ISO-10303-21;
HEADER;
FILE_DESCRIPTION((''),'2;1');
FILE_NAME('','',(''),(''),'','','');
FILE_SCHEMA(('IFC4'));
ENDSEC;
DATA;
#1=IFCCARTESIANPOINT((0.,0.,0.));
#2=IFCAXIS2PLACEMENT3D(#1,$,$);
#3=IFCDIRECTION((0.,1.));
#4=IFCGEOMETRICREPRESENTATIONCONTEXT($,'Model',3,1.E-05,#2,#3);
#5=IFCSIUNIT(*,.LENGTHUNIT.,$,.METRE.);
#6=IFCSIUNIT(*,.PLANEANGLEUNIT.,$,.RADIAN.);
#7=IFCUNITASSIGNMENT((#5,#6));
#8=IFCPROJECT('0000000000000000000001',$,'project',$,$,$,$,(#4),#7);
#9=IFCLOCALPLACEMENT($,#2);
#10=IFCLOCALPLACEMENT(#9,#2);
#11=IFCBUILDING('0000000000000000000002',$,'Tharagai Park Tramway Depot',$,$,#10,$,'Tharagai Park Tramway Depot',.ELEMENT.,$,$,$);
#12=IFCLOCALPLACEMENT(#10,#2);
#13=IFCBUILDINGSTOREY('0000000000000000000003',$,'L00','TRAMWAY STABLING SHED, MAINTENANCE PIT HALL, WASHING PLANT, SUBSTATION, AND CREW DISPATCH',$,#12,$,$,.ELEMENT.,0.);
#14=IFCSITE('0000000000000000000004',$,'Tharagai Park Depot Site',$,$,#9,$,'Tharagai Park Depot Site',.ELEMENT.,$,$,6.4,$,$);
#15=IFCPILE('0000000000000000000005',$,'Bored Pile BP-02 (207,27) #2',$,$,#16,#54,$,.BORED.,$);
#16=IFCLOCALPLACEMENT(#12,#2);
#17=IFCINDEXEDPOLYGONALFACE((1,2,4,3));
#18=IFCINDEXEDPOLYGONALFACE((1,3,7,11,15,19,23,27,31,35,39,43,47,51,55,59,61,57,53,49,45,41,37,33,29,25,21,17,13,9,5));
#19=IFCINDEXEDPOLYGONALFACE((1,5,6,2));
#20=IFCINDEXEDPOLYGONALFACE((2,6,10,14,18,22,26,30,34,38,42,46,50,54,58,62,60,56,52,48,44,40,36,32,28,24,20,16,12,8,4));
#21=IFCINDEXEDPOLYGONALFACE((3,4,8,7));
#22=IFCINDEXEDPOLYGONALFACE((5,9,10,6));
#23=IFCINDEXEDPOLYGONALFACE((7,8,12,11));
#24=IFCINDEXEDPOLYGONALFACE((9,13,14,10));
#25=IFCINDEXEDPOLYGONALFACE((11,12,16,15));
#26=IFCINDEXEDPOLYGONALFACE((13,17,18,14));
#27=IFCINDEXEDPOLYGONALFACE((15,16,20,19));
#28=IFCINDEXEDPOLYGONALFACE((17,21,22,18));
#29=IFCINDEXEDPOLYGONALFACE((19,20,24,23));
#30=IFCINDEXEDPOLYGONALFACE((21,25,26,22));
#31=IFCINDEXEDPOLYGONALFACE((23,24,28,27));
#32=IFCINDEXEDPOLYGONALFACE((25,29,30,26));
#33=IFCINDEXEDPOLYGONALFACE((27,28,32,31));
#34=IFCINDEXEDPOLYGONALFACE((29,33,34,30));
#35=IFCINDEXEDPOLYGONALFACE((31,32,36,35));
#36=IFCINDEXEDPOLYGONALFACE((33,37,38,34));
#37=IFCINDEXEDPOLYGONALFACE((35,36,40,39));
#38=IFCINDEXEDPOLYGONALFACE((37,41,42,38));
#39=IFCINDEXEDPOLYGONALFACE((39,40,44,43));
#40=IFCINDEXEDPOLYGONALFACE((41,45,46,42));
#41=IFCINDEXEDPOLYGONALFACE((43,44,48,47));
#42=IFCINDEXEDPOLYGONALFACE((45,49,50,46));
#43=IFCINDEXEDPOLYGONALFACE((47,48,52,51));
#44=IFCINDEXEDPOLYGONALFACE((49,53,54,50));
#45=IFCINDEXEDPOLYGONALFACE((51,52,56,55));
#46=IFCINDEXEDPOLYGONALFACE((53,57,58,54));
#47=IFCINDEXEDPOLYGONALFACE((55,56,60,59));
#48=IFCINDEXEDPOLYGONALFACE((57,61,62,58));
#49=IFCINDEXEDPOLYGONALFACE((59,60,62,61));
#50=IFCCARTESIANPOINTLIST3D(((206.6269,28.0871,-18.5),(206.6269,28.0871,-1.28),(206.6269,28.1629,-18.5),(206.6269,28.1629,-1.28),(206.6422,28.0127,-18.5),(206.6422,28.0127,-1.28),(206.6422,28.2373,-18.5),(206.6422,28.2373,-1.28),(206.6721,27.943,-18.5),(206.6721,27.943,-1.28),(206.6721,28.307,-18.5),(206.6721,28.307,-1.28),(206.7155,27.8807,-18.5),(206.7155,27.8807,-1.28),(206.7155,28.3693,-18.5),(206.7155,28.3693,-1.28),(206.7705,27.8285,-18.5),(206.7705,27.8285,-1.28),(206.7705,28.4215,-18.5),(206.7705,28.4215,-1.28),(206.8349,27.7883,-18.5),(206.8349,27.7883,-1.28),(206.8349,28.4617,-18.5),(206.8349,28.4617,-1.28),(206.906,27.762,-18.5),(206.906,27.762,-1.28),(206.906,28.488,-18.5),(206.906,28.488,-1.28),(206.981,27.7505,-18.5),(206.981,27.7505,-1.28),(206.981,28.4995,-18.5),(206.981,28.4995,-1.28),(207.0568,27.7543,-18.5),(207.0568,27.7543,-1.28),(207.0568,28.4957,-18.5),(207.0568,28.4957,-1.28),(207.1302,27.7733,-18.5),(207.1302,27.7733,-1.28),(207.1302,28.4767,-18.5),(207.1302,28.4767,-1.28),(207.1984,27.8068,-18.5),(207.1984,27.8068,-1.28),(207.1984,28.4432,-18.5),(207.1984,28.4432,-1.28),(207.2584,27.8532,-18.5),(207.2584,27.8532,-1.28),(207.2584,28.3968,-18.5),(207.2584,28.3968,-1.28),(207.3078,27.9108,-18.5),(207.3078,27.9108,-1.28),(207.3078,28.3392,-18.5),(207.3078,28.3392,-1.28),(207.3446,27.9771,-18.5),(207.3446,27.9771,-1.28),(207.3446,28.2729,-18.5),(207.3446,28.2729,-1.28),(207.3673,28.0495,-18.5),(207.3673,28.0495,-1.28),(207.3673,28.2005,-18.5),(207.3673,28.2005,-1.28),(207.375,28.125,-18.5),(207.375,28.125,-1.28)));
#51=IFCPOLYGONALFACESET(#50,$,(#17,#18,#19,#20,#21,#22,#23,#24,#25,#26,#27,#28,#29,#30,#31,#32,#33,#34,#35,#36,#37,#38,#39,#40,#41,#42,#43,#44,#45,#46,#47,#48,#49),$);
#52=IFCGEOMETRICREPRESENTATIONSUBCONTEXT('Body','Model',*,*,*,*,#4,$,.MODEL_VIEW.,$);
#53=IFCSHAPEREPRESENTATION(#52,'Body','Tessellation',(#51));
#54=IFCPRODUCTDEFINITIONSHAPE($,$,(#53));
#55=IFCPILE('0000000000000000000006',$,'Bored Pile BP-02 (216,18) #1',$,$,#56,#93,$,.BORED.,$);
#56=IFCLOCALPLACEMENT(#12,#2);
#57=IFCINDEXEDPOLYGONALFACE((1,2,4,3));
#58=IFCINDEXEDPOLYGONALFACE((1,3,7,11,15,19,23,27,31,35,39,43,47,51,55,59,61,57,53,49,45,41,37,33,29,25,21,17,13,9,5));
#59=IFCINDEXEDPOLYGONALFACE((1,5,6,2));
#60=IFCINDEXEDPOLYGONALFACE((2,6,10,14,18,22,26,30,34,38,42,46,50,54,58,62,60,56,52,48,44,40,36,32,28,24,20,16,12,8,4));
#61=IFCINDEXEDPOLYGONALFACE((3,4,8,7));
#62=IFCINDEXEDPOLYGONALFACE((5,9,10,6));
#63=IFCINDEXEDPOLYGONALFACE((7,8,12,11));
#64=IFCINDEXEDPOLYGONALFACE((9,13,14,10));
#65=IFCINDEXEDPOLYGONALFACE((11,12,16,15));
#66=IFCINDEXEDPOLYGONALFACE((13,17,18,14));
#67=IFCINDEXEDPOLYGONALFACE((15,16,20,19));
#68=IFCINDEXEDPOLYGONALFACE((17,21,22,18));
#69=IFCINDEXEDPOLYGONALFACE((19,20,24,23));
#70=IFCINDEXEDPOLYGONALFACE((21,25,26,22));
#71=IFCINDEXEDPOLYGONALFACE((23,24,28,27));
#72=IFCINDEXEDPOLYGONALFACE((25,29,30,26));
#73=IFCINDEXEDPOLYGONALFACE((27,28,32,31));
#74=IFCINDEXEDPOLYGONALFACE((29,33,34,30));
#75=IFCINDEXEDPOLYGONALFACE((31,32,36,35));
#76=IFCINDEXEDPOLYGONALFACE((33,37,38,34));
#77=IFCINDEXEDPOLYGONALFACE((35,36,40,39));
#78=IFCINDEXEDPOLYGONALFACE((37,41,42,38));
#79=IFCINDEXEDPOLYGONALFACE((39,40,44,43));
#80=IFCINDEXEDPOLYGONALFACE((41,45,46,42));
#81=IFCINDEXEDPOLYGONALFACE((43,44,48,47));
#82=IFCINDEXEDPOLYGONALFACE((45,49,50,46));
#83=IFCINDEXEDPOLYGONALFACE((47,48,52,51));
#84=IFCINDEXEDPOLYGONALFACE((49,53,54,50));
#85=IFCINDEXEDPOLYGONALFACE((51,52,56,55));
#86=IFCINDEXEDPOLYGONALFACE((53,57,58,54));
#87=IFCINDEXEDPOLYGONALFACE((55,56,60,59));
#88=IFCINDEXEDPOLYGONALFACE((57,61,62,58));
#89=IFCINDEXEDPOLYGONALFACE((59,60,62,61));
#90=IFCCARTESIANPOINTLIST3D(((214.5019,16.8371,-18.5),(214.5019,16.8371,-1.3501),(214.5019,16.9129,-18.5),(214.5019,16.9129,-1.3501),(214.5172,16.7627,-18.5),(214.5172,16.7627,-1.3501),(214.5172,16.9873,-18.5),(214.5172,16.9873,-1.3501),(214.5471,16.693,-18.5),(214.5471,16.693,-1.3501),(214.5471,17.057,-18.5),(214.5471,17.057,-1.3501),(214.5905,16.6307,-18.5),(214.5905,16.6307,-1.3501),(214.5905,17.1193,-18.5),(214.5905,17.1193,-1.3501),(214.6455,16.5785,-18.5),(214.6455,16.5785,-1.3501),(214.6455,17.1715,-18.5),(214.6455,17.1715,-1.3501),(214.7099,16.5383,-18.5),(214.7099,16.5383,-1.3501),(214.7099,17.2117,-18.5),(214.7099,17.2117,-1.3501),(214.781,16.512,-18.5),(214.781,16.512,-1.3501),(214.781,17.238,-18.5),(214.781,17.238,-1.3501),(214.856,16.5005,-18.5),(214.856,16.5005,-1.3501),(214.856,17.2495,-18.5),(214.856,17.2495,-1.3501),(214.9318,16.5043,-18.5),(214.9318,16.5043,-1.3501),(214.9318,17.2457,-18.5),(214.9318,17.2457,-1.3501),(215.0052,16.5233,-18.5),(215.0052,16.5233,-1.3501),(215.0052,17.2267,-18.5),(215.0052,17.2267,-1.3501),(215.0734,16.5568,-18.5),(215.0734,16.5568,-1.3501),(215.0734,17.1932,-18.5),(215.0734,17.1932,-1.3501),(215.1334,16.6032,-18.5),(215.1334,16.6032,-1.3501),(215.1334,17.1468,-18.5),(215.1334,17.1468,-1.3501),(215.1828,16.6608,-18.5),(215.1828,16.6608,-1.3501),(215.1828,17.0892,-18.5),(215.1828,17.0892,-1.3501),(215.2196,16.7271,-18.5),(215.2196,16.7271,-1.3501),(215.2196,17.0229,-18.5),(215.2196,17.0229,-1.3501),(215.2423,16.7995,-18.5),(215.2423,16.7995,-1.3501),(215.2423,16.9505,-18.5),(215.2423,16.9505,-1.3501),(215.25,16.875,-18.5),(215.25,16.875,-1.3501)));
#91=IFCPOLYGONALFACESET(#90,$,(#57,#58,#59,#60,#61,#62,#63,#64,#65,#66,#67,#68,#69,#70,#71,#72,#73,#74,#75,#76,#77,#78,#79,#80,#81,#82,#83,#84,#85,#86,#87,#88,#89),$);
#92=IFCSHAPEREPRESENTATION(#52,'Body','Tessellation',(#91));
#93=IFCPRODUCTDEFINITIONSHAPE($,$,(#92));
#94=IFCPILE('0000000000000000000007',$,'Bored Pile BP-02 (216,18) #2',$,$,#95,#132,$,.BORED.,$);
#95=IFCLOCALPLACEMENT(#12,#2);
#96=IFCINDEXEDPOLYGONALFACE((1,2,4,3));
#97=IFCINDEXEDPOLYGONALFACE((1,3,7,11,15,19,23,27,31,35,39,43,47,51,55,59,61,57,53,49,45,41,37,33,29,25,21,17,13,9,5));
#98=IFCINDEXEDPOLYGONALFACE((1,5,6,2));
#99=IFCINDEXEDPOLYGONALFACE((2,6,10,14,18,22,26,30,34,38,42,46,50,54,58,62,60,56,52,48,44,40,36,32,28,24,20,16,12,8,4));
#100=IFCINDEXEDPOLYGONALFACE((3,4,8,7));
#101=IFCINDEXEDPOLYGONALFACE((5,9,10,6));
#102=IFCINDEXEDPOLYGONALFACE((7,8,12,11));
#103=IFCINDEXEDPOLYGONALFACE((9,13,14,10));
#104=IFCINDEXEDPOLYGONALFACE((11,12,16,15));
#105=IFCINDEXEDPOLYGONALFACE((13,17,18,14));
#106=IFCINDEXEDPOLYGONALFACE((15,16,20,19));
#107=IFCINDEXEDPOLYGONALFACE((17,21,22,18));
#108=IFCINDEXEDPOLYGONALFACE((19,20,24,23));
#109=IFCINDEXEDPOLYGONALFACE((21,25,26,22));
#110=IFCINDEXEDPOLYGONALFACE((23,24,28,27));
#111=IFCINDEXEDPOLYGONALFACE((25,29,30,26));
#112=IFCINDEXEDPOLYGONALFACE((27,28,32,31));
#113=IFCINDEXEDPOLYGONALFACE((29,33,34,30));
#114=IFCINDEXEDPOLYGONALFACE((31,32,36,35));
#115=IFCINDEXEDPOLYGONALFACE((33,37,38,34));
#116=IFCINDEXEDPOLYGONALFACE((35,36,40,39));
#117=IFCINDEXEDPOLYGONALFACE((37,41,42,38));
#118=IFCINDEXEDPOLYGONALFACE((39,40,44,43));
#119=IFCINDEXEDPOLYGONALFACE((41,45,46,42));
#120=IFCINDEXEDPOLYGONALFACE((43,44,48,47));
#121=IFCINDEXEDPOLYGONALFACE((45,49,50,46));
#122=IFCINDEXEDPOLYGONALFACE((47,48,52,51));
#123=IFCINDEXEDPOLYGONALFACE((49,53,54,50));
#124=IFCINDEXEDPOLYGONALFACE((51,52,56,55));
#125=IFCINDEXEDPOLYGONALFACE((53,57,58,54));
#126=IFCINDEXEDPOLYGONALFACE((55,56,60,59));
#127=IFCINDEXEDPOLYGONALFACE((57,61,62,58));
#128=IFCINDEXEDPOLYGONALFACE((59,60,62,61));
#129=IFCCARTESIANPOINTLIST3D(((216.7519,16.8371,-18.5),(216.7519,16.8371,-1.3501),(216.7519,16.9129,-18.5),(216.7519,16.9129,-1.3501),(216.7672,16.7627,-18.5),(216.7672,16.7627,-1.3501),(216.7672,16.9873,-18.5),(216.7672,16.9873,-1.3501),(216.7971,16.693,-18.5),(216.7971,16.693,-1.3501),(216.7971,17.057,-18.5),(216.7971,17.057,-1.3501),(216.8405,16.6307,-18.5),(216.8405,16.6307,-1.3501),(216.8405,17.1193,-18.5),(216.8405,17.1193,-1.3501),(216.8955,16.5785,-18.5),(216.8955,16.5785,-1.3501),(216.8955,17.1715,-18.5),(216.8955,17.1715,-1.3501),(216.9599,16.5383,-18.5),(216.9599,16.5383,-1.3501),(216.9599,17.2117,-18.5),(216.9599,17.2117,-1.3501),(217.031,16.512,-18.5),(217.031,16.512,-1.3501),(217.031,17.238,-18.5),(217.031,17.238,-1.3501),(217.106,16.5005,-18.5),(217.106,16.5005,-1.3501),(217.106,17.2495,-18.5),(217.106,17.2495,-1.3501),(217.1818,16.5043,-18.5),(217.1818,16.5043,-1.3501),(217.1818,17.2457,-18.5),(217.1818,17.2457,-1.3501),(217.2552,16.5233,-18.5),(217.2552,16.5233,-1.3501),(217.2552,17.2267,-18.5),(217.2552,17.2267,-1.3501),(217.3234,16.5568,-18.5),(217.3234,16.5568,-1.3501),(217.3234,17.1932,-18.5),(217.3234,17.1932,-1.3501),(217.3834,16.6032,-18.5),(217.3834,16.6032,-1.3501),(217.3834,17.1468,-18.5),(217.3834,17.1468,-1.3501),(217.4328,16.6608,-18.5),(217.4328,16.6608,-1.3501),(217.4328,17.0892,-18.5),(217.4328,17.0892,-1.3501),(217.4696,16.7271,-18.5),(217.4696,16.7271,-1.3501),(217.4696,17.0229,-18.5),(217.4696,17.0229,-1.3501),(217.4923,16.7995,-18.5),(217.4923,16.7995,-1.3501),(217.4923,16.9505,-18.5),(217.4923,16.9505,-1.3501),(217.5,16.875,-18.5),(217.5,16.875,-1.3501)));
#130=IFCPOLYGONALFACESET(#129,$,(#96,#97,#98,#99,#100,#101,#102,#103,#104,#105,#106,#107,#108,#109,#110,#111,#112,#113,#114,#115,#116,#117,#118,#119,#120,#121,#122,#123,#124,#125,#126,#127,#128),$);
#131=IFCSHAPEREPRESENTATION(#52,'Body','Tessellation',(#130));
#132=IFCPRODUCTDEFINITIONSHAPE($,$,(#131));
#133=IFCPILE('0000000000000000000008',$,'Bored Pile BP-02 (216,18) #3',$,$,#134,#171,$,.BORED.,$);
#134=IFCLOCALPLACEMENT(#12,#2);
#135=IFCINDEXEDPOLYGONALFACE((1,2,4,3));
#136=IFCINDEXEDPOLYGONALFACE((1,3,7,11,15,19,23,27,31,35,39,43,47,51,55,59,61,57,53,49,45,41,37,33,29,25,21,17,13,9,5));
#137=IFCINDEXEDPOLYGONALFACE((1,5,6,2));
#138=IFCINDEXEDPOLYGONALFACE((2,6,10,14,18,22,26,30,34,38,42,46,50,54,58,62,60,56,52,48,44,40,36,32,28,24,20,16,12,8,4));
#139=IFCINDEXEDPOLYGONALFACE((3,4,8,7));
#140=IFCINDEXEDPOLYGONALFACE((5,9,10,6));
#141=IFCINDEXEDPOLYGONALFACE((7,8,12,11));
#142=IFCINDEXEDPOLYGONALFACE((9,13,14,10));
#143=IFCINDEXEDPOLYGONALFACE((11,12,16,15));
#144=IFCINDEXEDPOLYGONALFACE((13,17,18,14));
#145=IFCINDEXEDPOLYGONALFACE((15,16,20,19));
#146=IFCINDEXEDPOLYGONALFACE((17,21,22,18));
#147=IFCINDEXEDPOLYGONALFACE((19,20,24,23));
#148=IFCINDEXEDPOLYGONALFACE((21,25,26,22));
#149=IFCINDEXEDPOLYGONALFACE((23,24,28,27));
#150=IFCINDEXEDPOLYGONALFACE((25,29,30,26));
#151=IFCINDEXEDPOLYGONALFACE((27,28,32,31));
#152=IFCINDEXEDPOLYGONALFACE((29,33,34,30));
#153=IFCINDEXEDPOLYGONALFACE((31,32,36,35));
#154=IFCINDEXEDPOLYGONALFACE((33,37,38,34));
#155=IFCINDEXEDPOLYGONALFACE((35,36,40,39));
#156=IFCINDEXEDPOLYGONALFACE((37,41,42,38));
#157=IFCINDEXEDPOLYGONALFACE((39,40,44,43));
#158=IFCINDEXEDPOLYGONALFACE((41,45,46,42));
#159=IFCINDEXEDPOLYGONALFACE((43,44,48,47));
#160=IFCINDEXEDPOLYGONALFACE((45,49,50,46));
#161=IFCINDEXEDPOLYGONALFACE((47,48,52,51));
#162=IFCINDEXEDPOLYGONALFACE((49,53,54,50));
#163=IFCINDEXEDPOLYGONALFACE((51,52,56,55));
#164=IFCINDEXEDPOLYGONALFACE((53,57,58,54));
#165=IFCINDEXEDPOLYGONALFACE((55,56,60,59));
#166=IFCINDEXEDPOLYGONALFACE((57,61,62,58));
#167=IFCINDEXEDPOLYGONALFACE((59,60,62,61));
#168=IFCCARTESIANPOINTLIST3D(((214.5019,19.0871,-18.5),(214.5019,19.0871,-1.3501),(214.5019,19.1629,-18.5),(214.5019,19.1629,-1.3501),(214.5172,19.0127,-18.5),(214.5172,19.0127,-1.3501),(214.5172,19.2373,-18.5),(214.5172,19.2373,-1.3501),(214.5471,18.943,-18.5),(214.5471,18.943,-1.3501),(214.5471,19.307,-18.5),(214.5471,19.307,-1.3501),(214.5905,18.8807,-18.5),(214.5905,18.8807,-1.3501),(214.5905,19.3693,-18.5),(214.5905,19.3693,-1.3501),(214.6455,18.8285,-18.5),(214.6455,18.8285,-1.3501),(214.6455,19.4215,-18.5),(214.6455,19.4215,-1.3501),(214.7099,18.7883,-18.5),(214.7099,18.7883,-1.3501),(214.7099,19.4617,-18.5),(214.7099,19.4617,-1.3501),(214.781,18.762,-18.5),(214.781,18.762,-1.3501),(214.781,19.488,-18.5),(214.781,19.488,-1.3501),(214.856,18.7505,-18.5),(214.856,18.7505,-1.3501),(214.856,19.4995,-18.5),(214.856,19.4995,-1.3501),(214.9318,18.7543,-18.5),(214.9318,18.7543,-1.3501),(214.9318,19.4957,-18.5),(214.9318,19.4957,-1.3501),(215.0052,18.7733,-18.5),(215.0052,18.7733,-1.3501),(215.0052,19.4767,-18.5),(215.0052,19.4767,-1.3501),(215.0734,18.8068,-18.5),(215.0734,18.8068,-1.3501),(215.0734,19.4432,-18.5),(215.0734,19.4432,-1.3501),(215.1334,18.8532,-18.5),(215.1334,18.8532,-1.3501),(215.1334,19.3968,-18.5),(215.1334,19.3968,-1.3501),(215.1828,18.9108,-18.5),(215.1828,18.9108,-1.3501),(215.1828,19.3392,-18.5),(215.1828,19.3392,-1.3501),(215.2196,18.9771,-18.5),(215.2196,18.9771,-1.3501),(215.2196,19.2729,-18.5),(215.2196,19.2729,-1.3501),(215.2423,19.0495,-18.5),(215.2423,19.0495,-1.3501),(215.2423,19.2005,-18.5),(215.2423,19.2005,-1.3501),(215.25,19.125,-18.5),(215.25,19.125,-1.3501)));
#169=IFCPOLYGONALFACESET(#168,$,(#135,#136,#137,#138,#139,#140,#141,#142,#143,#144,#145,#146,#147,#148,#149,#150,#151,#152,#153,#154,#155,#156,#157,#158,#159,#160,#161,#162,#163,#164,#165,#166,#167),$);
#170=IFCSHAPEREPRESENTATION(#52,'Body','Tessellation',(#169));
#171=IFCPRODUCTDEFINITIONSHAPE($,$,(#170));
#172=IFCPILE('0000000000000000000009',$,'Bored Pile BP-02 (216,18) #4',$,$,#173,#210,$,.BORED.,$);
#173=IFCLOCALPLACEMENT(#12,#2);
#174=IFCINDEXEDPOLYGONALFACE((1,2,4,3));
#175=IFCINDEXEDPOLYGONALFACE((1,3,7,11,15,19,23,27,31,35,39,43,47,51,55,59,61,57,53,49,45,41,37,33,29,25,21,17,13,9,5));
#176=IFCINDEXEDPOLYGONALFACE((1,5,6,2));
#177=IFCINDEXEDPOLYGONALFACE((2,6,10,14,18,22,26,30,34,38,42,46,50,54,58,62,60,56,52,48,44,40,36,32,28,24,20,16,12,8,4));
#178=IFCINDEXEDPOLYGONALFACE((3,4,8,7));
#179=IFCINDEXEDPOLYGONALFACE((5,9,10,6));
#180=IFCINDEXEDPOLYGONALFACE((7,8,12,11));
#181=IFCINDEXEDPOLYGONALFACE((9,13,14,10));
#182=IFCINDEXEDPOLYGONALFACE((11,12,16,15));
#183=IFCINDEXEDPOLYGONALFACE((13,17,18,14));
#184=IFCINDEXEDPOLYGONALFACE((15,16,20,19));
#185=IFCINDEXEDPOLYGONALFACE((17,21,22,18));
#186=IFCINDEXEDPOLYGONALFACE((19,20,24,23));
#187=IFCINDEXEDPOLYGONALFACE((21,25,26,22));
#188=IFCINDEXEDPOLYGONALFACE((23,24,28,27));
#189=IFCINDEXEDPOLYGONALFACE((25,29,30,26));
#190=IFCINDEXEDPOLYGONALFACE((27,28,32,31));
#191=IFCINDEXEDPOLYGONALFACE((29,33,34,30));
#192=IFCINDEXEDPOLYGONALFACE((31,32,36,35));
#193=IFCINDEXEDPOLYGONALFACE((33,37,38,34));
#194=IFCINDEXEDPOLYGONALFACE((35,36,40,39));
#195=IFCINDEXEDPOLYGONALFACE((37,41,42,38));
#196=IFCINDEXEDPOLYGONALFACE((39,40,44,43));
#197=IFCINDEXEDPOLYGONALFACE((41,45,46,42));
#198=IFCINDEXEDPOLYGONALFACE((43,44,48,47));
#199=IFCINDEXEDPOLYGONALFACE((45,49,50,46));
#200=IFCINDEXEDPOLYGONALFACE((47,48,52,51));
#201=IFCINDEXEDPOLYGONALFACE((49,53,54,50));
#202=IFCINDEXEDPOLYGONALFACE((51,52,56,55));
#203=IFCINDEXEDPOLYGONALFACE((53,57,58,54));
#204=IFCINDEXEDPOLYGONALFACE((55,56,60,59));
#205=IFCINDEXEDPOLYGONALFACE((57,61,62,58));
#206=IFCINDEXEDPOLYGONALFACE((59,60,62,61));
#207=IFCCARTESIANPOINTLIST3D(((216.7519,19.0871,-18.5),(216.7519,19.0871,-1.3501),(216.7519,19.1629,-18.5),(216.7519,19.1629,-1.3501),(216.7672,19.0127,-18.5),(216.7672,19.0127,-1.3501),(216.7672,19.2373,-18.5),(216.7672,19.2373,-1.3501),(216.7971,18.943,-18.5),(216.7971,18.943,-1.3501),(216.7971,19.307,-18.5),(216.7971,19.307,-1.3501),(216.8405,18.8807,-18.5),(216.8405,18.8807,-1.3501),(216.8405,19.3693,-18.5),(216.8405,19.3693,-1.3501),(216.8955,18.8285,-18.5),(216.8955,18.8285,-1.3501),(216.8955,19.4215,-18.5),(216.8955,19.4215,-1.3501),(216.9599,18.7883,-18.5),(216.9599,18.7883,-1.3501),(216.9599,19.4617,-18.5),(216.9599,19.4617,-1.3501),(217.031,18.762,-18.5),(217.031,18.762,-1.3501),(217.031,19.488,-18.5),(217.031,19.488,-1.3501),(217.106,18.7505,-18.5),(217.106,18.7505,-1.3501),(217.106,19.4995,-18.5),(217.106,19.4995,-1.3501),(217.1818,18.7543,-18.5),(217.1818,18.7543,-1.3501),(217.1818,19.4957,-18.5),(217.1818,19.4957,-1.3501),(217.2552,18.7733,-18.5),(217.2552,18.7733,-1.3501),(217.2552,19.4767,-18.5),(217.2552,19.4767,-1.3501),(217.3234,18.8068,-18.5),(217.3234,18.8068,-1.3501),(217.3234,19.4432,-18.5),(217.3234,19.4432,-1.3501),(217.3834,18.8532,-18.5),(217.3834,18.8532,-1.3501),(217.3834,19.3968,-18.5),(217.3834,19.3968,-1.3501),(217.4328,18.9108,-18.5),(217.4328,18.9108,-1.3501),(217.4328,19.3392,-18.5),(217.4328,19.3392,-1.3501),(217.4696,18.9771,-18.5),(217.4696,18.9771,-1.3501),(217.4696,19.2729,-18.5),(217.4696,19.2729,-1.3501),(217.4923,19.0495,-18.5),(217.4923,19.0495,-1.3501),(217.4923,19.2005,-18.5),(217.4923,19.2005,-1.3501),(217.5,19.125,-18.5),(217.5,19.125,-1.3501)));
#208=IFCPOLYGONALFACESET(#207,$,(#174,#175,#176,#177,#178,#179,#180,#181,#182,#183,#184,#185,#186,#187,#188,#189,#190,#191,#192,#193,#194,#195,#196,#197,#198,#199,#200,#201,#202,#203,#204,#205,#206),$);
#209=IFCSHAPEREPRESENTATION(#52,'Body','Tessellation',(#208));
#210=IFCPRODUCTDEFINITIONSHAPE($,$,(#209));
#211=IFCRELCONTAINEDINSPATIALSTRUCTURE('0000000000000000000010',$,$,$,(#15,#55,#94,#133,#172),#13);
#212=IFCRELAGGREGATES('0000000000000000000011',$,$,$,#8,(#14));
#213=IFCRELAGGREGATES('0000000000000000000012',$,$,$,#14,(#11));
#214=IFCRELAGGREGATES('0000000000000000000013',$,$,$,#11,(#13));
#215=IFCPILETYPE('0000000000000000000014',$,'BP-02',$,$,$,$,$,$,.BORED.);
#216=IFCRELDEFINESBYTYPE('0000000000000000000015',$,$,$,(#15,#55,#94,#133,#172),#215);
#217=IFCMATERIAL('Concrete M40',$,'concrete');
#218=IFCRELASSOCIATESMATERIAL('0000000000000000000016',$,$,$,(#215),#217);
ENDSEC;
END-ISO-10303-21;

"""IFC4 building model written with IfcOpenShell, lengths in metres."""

from ifc_helpers import new_model, si_unit, direction, frame, origin, origin_2d, place, context, subcontext, project, spatial, circle, extrude, material, material_profile, profile_set, type_object, element, save


model = new_model("IFC4")

# Units and contexts
model_context = context("Model", 3, precision=1e-05, world=origin(), true_north=direction((0.0, 1.0)))
body_context = subcontext(model_context, "Body", "Model", "MODEL_VIEW")
ifc_project = project(units=[si_unit("LENGTHUNIT", "METRE"), si_unit("PLANEANGLEUNIT", "RADIAN")], contexts=[model_context])

# Site, building, storey
site_placement = place(None, origin())
site = spatial("IfcSite", under=ifc_project, at=site_placement, Name="Tharagai Park Depot Site", LongName="Tharagai Park Depot Site", CompositionType="ELEMENT", RefElevation=6.4)
building_placement = place(site_placement, origin())
building = spatial("IfcBuilding", under=site, at=building_placement, Name="Tharagai Park Tramway Depot", LongName="Tharagai Park Tramway Depot", CompositionType="ELEMENT")
storey_placement = place(building_placement, origin())
storey = spatial("IfcBuildingStorey", under=building, at=storey_placement, Name="L00", Description="TRAMWAY STABLING SHED, MAINTENANCE PIT HALL, WASHING PLANT, SUBSTATION, AND CREW DISPATCH", CompositionType="ELEMENT", Elevation=0.0)

# Piles
ifc_material_1 = material(Name="Concrete M40", Category="concrete")
ifc_material_profile_1 = material_profile(ifc_material_1, circle(Radius=0.375, at=origin_2d()), Name="PILE D750")
ifc_profile_set_1 = profile_set([ifc_material_profile_1], Name="Concrete M40")
pile_type_1 = type_object("IfcPileType", Name="BP-02", PredefinedType="BORED", material=ifc_profile_set_1)
pile_placement = place(storey_placement, frame((207.0, 28.125, -1.28), z_axis=(0.0, 0.0, -1.0), x_axis=(1.0, 0.0, 0.0)))
element("IfcPile", 1, at=pile_placement, inside=storey, type_object=pile_type_1, Name="Bored Pile BP-02 (207,27) #2", PredefinedType="BORED", context=body_context, shape_type="SweptSolid", body=[
    extrude(circle(Radius=0.375, at=origin_2d()), origin(), (0.0, 0.0, 1.0), 17.22),
])
for number, where, z_axis, x_axis, name in (
    (2, (214.875, 16.875, -1.3501), (0.0, 0.0, -1.0), (1.0, 0.0, 0.0), "Bored Pile BP-02 (216,18) #1"),
    (3, (217.125, 16.875, -1.3501), (0.0, 0.0, -1.0), (1.0, 0.0, 0.0), "Bored Pile BP-02 (216,18) #2"),
    (4, (214.875, 19.125, -1.3501), (0.0, 0.0, -1.0), (1.0, 0.0, 0.0), "Bored Pile BP-02 (216,18) #3"),
    (5, (217.125, 19.125, -1.3501), (0.0, 0.0, -1.0), (1.0, 0.0, 0.0), "Bored Pile BP-02 (216,18) #4"),
):
    element("IfcPile", number, at=place(storey_placement, frame(where, z_axis=z_axis, x_axis=x_axis)), inside=storey, type_object=pile_type_1, Name=name, PredefinedType="BORED", context=body_context, shape_type="SweptSolid", body=[
        extrude(circle(Radius=0.375, at=origin_2d()), origin(), (0.0, 0.0, 1.0), 17.1499),
    ])

save(model, "model.ifc")
